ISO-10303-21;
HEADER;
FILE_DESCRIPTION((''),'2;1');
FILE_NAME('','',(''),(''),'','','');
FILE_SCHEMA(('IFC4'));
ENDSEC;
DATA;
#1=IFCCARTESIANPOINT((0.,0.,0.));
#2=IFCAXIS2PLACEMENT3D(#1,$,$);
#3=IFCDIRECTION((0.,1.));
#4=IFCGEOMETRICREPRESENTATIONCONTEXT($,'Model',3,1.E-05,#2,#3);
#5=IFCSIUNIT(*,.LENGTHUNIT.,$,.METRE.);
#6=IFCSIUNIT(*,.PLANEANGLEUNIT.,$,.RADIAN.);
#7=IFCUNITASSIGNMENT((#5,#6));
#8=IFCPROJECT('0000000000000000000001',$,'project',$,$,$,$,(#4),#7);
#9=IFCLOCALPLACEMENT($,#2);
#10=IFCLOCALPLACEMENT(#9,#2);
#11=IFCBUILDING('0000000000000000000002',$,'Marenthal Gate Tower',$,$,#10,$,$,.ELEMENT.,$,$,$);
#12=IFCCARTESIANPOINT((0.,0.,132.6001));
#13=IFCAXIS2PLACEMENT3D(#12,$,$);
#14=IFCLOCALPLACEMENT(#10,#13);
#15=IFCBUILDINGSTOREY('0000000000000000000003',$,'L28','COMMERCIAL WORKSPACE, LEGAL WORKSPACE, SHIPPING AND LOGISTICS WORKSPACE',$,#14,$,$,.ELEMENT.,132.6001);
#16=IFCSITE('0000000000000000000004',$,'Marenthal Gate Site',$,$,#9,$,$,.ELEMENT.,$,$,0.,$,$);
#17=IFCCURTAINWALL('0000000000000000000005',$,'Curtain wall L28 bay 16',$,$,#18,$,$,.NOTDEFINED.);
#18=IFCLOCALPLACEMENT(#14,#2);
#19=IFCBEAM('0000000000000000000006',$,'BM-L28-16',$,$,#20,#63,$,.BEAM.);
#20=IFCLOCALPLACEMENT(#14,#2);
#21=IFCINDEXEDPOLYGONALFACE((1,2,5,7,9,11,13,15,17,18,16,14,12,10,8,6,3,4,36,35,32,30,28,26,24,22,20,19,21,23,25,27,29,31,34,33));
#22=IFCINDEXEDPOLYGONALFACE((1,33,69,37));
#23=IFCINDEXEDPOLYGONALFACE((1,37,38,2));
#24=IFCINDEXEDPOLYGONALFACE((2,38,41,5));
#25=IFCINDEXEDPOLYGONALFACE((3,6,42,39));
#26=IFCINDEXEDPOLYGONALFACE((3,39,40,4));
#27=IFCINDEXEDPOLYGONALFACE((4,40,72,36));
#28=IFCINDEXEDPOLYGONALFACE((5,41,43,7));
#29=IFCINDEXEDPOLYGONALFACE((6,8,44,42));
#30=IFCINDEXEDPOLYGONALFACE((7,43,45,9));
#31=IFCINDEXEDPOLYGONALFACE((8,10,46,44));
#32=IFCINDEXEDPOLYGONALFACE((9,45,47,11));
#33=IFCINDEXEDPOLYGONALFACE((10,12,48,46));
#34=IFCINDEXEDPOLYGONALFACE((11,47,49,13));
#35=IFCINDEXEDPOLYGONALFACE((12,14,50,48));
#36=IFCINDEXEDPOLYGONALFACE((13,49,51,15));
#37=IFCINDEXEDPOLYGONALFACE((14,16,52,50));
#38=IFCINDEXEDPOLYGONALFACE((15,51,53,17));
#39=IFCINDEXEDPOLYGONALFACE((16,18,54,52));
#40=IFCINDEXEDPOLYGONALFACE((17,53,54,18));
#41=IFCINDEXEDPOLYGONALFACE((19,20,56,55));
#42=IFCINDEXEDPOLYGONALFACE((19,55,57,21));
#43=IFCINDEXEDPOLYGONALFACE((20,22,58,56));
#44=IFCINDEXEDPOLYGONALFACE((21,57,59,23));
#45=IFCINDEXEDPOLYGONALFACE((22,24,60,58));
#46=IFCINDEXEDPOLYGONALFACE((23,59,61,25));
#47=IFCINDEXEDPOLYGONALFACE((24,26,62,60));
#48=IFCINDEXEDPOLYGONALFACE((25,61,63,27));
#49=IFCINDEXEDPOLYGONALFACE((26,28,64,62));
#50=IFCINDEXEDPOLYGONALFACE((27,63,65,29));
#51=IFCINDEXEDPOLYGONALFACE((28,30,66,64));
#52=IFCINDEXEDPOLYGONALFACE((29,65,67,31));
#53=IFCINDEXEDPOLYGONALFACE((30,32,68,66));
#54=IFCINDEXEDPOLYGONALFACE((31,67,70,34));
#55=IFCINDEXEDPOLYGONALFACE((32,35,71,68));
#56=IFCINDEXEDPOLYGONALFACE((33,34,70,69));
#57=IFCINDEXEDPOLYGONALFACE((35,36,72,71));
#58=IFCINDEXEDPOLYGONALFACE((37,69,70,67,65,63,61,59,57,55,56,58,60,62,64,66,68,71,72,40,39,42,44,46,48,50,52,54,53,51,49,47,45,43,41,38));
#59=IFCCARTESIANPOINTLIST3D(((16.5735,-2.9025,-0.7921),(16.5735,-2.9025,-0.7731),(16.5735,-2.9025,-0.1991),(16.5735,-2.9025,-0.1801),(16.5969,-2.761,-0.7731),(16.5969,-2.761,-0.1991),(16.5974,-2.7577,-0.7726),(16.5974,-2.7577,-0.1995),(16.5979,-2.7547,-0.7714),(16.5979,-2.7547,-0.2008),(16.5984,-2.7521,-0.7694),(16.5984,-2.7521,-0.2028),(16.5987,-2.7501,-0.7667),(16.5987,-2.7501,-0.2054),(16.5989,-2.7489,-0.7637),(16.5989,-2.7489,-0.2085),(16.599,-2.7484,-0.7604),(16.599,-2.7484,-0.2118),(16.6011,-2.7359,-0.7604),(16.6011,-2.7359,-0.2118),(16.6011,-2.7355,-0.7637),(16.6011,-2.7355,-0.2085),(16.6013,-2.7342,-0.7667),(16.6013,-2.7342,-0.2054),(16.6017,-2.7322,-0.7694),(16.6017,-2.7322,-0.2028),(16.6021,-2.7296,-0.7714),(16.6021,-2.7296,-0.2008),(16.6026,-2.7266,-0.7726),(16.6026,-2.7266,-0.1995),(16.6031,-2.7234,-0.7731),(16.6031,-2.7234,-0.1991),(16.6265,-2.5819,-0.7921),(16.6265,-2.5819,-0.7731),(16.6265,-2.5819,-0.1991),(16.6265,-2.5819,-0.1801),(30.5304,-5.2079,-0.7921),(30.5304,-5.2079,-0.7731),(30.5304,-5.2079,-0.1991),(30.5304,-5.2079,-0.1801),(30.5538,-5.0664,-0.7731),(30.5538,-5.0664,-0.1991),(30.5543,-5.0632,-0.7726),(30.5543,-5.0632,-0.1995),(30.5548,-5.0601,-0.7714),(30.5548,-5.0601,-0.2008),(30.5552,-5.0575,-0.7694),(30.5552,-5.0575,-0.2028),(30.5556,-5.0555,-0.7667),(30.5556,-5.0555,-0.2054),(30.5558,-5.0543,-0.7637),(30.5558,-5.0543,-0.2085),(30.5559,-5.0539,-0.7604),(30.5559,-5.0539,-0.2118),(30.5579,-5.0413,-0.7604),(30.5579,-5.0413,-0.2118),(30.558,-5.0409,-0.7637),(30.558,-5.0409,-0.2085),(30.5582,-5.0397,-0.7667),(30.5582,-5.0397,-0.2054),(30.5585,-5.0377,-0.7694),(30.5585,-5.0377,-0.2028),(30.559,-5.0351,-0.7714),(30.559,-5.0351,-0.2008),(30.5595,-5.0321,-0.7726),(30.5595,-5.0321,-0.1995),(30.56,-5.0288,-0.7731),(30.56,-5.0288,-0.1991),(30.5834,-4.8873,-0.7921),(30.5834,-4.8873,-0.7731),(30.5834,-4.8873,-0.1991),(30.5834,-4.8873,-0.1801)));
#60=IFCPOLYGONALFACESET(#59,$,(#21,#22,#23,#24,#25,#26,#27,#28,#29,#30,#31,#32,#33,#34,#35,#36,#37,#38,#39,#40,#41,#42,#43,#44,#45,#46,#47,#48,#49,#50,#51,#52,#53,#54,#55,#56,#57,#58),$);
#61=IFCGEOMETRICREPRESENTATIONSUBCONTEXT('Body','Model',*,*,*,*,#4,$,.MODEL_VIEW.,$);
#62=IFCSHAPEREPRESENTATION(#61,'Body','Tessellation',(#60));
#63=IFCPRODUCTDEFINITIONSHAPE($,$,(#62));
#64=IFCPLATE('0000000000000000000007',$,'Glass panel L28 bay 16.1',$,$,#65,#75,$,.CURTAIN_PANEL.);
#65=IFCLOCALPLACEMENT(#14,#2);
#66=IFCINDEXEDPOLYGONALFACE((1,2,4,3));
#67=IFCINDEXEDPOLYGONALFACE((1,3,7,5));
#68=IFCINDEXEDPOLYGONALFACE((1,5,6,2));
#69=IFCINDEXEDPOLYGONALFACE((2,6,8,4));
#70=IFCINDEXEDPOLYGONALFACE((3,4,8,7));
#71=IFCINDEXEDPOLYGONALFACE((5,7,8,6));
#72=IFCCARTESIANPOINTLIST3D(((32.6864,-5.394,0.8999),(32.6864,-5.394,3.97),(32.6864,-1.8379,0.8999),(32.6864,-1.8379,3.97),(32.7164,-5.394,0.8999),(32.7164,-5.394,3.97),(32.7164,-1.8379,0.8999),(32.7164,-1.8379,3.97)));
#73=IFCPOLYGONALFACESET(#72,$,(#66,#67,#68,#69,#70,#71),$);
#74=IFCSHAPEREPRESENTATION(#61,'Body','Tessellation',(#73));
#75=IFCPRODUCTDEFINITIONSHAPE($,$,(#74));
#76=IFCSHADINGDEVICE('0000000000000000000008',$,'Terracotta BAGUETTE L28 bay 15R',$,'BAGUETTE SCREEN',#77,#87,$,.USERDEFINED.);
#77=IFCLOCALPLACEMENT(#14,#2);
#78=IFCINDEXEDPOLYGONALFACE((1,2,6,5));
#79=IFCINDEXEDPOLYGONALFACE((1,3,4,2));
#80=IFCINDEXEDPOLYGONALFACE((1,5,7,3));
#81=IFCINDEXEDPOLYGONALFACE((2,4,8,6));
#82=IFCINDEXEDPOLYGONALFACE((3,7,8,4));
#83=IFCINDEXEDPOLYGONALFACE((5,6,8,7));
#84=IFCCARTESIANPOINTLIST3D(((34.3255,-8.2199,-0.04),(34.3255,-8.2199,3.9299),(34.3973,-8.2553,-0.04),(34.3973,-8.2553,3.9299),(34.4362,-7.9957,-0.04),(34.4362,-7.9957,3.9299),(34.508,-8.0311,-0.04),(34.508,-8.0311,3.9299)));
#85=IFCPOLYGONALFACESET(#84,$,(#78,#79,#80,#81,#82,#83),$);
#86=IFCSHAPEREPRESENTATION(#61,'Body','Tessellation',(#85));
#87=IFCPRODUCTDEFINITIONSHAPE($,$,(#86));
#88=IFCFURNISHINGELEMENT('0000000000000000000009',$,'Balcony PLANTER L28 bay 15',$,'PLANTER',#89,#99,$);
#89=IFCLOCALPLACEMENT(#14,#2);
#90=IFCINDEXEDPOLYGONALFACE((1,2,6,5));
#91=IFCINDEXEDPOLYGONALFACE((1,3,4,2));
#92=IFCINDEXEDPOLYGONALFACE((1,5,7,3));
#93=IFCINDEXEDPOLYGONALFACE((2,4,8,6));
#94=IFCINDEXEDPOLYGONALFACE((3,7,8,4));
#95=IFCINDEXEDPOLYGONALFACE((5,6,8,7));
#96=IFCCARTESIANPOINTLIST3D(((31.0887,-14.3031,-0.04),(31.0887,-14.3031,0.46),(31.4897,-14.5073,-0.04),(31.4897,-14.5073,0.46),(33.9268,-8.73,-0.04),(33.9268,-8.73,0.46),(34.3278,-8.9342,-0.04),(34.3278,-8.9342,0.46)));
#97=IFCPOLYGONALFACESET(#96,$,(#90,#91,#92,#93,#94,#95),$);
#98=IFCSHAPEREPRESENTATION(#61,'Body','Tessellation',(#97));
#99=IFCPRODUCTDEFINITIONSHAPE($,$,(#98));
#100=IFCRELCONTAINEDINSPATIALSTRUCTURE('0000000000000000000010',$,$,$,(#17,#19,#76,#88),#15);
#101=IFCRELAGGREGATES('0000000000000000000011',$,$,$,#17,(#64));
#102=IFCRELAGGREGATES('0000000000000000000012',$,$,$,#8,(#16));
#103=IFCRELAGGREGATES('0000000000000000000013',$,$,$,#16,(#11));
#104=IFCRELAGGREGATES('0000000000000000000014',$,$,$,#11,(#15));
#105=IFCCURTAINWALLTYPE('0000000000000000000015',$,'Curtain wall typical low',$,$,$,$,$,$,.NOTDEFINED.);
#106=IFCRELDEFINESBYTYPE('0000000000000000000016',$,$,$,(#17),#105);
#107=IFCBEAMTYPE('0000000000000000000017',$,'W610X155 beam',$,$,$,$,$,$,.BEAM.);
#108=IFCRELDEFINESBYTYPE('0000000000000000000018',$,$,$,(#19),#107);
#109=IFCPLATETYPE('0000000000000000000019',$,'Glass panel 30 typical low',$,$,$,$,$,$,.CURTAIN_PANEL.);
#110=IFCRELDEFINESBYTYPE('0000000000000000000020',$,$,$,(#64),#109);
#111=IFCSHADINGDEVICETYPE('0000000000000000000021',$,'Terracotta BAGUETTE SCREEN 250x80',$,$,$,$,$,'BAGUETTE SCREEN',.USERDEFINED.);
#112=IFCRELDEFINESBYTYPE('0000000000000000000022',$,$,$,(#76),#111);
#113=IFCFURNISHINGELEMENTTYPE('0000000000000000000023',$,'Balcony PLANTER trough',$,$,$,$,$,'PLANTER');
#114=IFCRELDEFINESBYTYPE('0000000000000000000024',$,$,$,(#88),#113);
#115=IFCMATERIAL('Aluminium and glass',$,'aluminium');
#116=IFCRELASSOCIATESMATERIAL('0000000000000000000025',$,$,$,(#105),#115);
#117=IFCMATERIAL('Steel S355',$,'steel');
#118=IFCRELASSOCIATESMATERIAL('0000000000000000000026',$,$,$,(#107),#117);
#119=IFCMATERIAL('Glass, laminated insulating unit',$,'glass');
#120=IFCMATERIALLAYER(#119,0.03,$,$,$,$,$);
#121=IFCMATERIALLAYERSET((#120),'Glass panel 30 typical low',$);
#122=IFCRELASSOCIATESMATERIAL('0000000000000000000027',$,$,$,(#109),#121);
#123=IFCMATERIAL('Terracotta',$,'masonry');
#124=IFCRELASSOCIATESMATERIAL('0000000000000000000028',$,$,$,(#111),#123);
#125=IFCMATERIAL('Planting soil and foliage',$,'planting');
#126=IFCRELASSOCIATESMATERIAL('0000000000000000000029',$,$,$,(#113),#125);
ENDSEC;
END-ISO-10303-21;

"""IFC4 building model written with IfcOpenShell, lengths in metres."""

from ifc_helpers import new_model, si_unit, direction, frame, origin, origin_2d, place, context, subcontext, project, spatial, rectangle, i_section, extrude, material, layer, layer_set, material_profile, profile_set, type_object, element, aggregate, save


model = new_model("IFC4")

# Units and contexts
model_context = context("Model", 3, precision=1e-05, world=origin(), true_north=direction((0.0, 1.0)))
body_context = subcontext(model_context, "Body", "Model", "MODEL_VIEW")
ifc_project = project(units=[si_unit("LENGTHUNIT", "METRE"), si_unit("PLANEANGLEUNIT", "RADIAN")], contexts=[model_context])

# Site, building, storey
site_placement = place(None, origin())
site = spatial("IfcSite", under=ifc_project, at=site_placement, Name="Marenthal Gate Site", CompositionType="ELEMENT", RefElevation=0.0)
building_placement = place(site_placement, origin())
building = spatial("IfcBuilding", under=site, at=building_placement, Name="Marenthal Gate Tower", CompositionType="ELEMENT")
storey_placement = place(building_placement, frame((0.0, 0.0, 132.6001)))
storey = spatial("IfcBuildingStorey", under=building, at=storey_placement, Name="L28", Description="COMMERCIAL WORKSPACE, LEGAL WORKSPACE, SHIPPING AND LOGISTICS WORKSPACE", CompositionType="ELEMENT", Elevation=132.6001)

# Curtain wall
ifc_material_1 = material(Name="Aluminium and glass", Category="aluminium")
curtain_wall_type = type_object("IfcCurtainWallType", Name="Curtain wall typical low", PredefinedType="NOTDEFINED", material=ifc_material_1)
curtain_wall_placement = place(storey_placement, origin())
curtain_wall = element("IfcCurtainWall", 1, at=curtain_wall_placement, inside=storey, type_object=curtain_wall_type, Name="Curtain wall L28 bay 16", PredefinedType="NOTDEFINED")

# Beam
ifc_material_2 = material(Name="Steel S355", Category="steel")
ifc_material_profile_1 = material_profile(ifc_material_2, i_section(OverallWidth=0.325, OverallDepth=0.6121, WebThickness=0.0127, FlangeThickness=0.019, FilletRadius=0.0127, at=origin_2d()), Name="W610X155")
ifc_profile_set_1 = profile_set([ifc_material_profile_1], Name="Steel S355")
beam_type_1 = type_object("IfcBeamType", Name="W610X155 beam", PredefinedType="BEAM", material=ifc_profile_set_1)
beam_1_placement = place(storey_placement, frame((30.5569, -5.0476, -0.4861), z_axis=(-0.98663, 0.162974, 0.0), x_axis=(-0.162974, -0.98663, 0.0)))
element("IfcBeam", 2, at=beam_1_placement, inside=storey, type_object=beam_type_1, Name="BM-L28-16", PredefinedType="BEAM", context=body_context, shape_type="SweptSolid", body=[
    extrude(i_section(OverallWidth=0.325, OverallDepth=0.6121, WebThickness=0.0127, FlangeThickness=0.019, FilletRadius=0.0127, at=origin_2d()), origin(), (0.0, 0.0, 1.0), 14.146),
])

# Plate
ifc_material_3 = material(Name="Glass, laminated insulating unit", Category="glass")
ifc_layer = layer(ifc_material_3, 0.03)
ifc_layer_set = layer_set([ifc_layer], Name="Glass panel 30 typical low")
plate_type = type_object("IfcPlateType", Name="Glass panel 30 typical low", PredefinedType="CURTAIN_PANEL", material=ifc_layer_set)
plate_placement = place(storey_placement, frame((32.7014, -3.616, 0.8999), z_axis=(0.0, 0.0, 1.0), x_axis=(0.0, 1.0, 0.0)))
plate = element("IfcPlate", 3, at=plate_placement, type_object=plate_type, Name="Glass panel L28 bay 16.1", PredefinedType="CURTAIN_PANEL", context=body_context, shape_type="SweptSolid", body=[
    extrude(rectangle(XDim=3.5562, YDim=0.03, at=origin_2d()), origin(), (0.0, 0.0, 1.0), 3.0701),
])
aggregate(curtain_wall, [plate])

# Shading device
ifc_material_4 = material(Name="Terracotta", Category="masonry")
ifc_material_profile_2 = material_profile(ifc_material_4, rectangle(XDim=0.25, YDim=0.0801, at=origin_2d()), Name="Terracotta baguette 250x80")
ifc_profile_set_2 = profile_set([ifc_material_profile_2], Name="Terracotta")
shading_device_type = type_object("IfcShadingDeviceType", Name="Terracotta BAGUETTE SCREEN 250x80", ElementType="BAGUETTE SCREEN", PredefinedType="USERDEFINED", material=ifc_profile_set_2)
shading_device_placement = place(storey_placement, frame((34.4167, -8.1255, -0.04), z_axis=(0.0, 0.0, 1.0), x_axis=(0.442572, 0.896733, 0.0)))
element("IfcShadingDevice", 4, at=shading_device_placement, inside=storey, type_object=shading_device_type, Name="Terracotta BAGUETTE L28 bay 15R", ObjectType="BAGUETTE SCREEN", PredefinedType="USERDEFINED", context=body_context, shape_type="SweptSolid", body=[
    extrude(rectangle(XDim=0.25, YDim=0.0801, at=origin_2d()), origin(), (0.0, 0.0, 1.0), 3.97),
])

# Furnishing element
ifc_material_5 = material(Name="Planting soil and foliage", Category="planting")
furnishing_element_type = type_object("IfcFurnishingElementType", Name="Balcony PLANTER trough", ElementType="PLANTER", material=ifc_material_5)
furnishing_placement = place(storey_placement, frame((32.7083, -11.6187, -0.04), z_axis=(0.0, 0.0, 1.0), x_axis=(0.453791, 0.891108, 0.0)))
element("IfcFurnishingElement", 5, at=furnishing_placement, inside=storey, type_object=furnishing_element_type, Name="Balcony PLANTER L28 bay 15", ObjectType="PLANTER", context=body_context, shape_type="SweptSolid", body=[
    extrude(rectangle(XDim=6.2542, YDim=0.45, at=origin_2d()), origin(), (0.0, 0.0, 1.0), 0.5),
])

save(model, "model.ifc")
